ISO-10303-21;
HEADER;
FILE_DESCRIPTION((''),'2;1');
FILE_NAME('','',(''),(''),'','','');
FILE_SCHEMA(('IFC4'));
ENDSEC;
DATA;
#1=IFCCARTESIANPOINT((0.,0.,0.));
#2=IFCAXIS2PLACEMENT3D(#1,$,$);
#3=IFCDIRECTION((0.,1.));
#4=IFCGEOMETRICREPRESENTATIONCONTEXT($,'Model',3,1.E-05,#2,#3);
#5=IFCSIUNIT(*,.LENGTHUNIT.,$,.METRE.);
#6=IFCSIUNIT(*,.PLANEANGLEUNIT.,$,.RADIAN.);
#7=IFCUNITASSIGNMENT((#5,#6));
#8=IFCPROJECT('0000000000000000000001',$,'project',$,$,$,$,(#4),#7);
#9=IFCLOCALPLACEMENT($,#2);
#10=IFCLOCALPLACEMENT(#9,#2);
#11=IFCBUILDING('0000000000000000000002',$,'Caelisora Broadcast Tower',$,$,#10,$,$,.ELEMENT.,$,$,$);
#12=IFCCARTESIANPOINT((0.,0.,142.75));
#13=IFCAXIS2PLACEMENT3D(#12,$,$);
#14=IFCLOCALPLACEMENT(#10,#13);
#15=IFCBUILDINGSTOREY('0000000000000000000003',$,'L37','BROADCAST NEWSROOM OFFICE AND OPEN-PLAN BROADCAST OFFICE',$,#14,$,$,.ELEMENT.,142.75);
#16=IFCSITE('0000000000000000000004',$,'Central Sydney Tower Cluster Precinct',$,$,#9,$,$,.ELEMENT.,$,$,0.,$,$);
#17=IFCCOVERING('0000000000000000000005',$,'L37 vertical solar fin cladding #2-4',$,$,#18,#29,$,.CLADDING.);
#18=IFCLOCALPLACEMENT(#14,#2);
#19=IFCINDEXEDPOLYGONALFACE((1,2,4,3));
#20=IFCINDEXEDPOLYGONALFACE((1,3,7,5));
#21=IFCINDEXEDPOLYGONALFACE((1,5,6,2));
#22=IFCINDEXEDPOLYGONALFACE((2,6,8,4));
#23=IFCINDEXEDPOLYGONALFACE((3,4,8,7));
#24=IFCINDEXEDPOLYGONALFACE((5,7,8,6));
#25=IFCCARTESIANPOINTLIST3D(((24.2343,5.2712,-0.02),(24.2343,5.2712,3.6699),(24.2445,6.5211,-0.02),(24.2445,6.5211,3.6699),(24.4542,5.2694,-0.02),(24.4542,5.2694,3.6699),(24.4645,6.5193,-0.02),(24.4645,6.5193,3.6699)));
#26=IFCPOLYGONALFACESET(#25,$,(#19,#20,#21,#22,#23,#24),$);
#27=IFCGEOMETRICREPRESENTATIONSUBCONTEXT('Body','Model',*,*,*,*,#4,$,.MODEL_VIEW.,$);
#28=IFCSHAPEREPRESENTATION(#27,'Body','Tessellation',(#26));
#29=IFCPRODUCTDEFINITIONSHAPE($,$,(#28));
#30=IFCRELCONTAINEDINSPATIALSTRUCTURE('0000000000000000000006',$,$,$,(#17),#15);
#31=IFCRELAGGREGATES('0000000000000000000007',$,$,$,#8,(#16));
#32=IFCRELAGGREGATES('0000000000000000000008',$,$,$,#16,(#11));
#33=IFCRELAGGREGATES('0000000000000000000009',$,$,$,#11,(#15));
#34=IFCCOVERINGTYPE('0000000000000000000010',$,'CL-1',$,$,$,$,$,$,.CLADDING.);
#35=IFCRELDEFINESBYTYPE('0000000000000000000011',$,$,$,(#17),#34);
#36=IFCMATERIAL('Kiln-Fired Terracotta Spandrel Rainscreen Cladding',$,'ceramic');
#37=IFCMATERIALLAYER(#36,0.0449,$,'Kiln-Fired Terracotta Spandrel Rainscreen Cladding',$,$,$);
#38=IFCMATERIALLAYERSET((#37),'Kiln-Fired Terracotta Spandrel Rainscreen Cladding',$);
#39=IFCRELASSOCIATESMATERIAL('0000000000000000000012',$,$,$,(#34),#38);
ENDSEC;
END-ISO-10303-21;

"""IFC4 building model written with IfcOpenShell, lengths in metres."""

from ifc_helpers import new_model, si_unit, direction, frame, origin, origin_2d, place, context, subcontext, project, spatial, rectangle, extrude, source, transform, mapped, material, layer, layer_set, type_object, type_shapes, element, save


model = new_model("IFC4")

# Units and contexts
model_context = context("Model", 3, precision=1e-05, world=origin(), true_north=direction((0.0, 1.0)))
body_context = subcontext(model_context, "Body", "Model", "MODEL_VIEW")
ifc_project = project(units=[si_unit("LENGTHUNIT", "METRE"), si_unit("PLANEANGLEUNIT", "RADIAN")], contexts=[model_context])

# Site, building, storey
site_placement = place(None, origin())
site = spatial("IfcSite", under=ifc_project, at=site_placement, Name="Central Sydney Tower Cluster Precinct", CompositionType="ELEMENT", RefElevation=0.0)
building_placement = place(site_placement, origin())
building = spatial("IfcBuilding", under=site, at=building_placement, Name="Caelisora Broadcast Tower", CompositionType="ELEMENT")
storey_placement = place(building_placement, frame((0.0, 0.0, 142.75)))
storey = spatial("IfcBuildingStorey", under=building, at=storey_placement, Name="L37", Description="BROADCAST NEWSROOM OFFICE AND OPEN-PLAN BROADCAST OFFICE", CompositionType="ELEMENT", Elevation=142.75)

# Covering
ifc_material_1 = material(Name="Kiln-Fired Terracotta Spandrel Rainscreen Cladding", Category="ceramic")
ifc_layer_1 = layer(ifc_material_1, 0.0449, Name="Kiln-Fired Terracotta Spandrel Rainscreen Cladding")
ifc_layer_set_1 = layer_set([ifc_layer_1], Name="Kiln-Fired Terracotta Spandrel Rainscreen Cladding")
covering_type = type_object("IfcCoveringType", Name="CL-1", PredefinedType="CLADDING", material=ifc_layer_set_1)
shared_shape_1 = source(origin(), body_context, "Body", "SweptSolid", [
    extrude(rectangle(XDim=0.22, YDim=1.25, at=origin_2d()), origin(), (0.0, 0.0, 1.0), 3.6899),
])
type_shapes(covering_type, [shared_shape_1])
covering_placement = place(storey_placement, frame((24.3494, 5.8953, -0.02), z_axis=(0.0, 0.0, 1.0), x_axis=(-0.999966, 0.008203, 0.0)))
element("IfcCovering", 1, at=covering_placement, inside=storey, type_object=covering_type, Name="L37 vertical solar fin cladding #2-4", PredefinedType="CLADDING", context=body_context, shape_type="MappedRepresentation", body=[
    mapped(shared_shape_1, transform((0.0, 0.0, 0.0), scale=1.0)),
])

save(model, "model.ifc")
